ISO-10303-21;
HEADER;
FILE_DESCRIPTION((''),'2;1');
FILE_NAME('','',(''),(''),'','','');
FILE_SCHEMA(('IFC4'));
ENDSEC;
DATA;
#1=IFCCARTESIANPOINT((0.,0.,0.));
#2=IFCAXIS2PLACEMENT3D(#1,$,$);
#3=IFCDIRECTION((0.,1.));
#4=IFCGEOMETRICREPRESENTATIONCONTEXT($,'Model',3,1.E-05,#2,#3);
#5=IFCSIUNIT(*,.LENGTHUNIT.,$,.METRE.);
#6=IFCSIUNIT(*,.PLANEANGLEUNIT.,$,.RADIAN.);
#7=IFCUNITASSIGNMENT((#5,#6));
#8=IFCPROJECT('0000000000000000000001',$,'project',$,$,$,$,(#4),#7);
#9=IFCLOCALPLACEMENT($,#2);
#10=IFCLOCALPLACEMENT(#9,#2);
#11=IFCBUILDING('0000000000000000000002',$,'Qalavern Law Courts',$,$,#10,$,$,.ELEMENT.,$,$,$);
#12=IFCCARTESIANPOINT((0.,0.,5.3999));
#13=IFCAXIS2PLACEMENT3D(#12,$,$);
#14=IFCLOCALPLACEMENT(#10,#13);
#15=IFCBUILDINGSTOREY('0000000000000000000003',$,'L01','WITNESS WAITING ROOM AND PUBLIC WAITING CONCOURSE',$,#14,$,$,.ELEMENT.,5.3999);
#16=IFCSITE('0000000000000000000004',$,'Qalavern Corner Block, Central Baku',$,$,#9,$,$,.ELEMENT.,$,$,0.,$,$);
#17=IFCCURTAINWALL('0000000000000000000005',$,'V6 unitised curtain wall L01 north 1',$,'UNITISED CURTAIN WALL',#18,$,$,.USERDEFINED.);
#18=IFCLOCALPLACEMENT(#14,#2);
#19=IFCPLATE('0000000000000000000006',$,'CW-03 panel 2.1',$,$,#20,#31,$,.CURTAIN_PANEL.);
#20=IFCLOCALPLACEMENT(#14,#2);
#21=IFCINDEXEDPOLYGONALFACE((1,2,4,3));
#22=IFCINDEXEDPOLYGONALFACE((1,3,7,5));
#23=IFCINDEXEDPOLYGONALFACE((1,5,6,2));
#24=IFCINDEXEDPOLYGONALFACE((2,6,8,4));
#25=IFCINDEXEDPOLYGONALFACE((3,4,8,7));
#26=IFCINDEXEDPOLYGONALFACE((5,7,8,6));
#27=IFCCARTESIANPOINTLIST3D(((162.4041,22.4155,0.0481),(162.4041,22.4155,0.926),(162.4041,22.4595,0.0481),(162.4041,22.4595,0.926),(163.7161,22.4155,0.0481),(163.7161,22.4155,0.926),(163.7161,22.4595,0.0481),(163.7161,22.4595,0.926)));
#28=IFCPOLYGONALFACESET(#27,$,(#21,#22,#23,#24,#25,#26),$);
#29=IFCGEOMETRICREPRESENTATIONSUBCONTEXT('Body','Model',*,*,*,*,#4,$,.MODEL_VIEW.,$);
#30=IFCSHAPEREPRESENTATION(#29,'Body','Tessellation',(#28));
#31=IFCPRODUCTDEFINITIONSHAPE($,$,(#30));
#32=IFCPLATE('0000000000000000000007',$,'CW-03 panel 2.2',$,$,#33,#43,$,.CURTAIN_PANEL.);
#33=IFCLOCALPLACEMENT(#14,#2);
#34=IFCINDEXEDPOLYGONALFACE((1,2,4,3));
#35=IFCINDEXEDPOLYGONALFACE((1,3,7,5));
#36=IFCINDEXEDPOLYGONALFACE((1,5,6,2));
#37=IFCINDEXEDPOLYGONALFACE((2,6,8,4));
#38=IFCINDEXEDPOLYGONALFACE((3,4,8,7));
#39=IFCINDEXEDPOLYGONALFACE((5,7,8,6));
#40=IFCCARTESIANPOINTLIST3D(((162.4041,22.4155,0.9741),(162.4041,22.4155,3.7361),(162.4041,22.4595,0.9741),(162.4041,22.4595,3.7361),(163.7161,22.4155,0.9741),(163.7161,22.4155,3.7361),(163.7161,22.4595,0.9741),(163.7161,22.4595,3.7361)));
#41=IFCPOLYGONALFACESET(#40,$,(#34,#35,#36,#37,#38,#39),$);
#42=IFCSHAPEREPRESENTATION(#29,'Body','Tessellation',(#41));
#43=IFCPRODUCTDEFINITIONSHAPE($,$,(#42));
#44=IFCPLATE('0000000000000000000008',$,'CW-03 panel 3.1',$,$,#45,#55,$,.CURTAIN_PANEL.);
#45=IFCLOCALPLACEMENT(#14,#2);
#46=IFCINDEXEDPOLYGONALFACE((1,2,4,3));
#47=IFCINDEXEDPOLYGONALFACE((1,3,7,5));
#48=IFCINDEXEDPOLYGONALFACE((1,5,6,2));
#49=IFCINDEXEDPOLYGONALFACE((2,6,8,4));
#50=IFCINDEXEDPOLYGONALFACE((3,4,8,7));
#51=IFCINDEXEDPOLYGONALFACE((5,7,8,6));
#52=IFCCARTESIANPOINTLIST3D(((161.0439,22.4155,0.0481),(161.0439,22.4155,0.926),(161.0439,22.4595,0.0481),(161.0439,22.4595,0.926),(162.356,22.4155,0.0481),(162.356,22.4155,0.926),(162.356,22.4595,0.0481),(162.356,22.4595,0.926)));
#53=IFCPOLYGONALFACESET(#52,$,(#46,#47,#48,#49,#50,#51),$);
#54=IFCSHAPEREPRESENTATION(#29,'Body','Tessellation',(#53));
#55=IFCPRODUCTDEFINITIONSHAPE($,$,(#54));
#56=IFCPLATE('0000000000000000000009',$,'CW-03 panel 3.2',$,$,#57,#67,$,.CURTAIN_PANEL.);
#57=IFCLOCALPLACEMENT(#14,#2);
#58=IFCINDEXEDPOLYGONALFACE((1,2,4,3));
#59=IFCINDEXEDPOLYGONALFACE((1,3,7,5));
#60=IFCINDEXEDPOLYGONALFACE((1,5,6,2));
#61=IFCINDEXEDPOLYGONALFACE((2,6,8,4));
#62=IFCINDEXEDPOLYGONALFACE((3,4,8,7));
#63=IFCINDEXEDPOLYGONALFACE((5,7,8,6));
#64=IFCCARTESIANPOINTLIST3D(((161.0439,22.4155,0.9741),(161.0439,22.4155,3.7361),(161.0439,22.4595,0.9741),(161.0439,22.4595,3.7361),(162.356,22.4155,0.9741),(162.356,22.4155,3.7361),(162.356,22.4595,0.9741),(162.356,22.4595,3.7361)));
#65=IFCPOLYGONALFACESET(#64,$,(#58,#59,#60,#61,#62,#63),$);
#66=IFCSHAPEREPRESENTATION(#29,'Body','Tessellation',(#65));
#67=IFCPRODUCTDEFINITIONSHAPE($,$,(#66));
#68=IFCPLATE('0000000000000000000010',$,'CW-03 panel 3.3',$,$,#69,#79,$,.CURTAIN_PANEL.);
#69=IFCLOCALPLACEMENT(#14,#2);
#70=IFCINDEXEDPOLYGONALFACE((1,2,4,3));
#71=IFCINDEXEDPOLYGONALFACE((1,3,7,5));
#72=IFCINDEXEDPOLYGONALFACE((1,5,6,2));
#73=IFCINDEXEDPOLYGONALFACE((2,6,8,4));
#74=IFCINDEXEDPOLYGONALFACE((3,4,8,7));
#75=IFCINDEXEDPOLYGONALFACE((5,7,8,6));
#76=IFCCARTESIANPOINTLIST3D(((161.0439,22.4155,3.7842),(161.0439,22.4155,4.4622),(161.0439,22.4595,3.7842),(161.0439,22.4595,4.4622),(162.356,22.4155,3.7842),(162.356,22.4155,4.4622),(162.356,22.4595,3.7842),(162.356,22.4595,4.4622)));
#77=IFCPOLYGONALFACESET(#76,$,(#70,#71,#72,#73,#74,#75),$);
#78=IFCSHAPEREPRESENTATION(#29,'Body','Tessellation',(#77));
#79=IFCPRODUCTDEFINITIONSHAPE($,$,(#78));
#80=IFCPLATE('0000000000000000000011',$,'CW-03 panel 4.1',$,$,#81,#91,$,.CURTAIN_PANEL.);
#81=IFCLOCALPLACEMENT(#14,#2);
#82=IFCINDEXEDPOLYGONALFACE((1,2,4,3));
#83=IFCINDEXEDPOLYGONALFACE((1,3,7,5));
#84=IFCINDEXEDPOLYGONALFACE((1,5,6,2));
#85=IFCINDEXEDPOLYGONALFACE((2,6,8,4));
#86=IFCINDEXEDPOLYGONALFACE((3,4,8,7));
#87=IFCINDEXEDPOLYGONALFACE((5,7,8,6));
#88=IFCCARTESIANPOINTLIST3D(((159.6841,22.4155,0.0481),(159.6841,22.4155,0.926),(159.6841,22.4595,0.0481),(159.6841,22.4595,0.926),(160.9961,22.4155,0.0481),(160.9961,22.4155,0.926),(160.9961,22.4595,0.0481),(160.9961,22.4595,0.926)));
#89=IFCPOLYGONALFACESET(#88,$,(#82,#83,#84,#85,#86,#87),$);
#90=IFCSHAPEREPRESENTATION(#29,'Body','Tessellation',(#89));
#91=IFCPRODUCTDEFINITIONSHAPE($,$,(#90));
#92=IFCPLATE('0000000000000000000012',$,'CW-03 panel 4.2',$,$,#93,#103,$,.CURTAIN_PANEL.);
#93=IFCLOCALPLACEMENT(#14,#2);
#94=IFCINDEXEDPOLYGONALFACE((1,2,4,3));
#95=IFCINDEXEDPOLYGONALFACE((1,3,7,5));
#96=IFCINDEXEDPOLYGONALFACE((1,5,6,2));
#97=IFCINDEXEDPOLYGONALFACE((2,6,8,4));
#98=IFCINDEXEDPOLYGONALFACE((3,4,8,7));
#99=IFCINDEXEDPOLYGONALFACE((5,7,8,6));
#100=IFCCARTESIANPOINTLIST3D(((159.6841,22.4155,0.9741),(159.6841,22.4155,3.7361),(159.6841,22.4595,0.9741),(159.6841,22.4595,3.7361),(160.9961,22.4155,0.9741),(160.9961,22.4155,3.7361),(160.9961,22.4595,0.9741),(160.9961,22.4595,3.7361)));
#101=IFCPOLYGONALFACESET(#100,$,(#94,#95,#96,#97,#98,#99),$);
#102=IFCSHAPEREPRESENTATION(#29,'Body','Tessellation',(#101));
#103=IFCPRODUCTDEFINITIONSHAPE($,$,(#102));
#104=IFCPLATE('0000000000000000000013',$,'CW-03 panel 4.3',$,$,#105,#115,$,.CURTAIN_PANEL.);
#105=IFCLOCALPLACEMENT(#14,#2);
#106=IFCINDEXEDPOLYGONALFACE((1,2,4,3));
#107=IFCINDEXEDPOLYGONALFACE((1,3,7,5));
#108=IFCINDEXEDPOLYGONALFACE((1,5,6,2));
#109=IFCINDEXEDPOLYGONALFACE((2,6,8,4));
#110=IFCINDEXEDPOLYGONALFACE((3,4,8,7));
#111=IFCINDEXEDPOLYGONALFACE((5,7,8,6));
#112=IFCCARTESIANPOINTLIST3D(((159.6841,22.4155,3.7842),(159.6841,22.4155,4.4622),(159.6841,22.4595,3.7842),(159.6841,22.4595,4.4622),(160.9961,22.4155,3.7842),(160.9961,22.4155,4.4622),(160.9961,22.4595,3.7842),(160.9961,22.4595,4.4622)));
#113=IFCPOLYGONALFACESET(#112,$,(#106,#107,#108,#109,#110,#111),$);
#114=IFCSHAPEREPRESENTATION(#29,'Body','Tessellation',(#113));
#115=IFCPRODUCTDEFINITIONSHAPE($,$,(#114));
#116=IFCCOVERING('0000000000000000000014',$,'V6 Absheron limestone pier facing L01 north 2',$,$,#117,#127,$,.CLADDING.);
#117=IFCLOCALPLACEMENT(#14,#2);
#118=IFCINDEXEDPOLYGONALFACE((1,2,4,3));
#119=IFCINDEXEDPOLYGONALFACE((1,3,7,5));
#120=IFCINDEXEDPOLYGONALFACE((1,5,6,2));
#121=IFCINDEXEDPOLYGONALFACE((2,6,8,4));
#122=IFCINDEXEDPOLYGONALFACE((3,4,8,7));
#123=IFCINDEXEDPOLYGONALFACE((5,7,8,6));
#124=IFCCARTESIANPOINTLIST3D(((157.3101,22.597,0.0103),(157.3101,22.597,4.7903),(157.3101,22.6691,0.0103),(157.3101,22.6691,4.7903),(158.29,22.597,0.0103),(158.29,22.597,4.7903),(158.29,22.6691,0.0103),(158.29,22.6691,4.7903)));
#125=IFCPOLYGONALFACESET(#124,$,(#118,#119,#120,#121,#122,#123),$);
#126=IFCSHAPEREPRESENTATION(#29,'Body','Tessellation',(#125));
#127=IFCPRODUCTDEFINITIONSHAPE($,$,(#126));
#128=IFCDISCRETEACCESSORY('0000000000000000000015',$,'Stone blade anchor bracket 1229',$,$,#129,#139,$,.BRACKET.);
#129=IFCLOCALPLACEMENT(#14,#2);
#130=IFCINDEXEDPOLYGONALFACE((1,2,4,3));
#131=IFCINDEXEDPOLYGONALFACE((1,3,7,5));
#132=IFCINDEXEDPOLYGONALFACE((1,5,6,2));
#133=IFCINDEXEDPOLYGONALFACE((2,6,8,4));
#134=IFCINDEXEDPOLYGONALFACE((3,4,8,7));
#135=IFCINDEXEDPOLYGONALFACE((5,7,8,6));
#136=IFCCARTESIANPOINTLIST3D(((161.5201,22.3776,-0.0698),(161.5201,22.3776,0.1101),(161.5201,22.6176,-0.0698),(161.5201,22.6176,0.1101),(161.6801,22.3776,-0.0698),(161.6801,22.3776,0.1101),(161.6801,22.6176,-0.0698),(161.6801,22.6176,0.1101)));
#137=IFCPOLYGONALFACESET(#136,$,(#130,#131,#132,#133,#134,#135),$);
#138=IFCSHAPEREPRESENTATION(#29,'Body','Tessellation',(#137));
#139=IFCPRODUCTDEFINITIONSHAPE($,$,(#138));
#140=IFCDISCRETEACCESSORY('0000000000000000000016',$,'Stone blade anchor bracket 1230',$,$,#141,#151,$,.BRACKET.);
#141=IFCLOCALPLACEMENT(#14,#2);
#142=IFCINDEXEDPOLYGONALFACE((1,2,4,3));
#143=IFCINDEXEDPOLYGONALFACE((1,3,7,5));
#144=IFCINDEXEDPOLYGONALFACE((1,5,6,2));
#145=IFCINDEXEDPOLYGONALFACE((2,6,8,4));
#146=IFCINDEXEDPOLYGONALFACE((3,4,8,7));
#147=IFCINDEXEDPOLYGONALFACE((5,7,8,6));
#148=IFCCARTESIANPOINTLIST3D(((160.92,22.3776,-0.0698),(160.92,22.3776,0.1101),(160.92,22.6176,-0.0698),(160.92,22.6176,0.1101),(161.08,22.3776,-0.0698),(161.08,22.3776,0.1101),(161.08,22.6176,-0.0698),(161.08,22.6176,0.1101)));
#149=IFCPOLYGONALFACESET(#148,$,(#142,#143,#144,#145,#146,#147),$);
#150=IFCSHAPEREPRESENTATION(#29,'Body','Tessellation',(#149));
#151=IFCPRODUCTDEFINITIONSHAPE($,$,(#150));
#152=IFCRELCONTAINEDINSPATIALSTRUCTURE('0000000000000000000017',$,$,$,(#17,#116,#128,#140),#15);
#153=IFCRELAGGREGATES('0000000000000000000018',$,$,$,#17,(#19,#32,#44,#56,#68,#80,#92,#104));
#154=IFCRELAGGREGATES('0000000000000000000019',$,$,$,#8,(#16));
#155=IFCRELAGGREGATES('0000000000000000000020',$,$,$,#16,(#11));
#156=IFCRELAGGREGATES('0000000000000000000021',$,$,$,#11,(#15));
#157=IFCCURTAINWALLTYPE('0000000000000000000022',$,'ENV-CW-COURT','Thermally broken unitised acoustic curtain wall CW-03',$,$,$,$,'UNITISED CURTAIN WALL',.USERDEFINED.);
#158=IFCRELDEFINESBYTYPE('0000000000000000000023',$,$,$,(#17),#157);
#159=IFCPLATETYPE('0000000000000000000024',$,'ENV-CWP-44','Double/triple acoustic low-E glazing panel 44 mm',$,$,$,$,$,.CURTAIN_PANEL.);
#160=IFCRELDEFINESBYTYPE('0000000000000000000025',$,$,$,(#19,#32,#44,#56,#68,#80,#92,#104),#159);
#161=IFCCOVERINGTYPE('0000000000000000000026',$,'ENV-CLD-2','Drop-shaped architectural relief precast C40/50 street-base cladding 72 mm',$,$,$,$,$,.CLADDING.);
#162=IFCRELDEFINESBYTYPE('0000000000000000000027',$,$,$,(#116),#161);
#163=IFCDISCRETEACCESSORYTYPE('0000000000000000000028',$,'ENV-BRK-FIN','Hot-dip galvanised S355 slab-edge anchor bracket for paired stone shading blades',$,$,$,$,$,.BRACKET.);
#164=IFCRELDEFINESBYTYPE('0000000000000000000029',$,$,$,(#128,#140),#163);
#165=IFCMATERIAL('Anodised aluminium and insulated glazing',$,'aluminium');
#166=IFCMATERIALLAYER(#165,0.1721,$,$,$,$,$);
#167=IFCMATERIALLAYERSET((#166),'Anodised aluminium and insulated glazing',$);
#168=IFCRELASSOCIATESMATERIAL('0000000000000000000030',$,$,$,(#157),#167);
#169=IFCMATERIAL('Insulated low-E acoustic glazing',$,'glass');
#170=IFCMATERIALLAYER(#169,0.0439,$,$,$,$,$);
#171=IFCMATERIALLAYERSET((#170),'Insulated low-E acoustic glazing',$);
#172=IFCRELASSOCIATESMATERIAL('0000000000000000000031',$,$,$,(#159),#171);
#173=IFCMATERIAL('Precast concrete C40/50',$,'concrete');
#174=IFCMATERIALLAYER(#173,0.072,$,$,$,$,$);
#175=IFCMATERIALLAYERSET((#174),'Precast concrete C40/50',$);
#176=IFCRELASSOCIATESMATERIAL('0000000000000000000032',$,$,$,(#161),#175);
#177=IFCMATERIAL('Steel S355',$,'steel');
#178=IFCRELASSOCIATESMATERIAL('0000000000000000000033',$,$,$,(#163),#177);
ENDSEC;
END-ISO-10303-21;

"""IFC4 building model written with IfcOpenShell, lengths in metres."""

from ifc_helpers import new_model, si_unit, direction, frame, origin, origin_2d, place, context, subcontext, project, spatial, rectangle, extrude, material, layer, layer_set, type_object, element, aggregate, save


model = new_model("IFC4")

# Units and contexts
model_context = context("Model", 3, precision=1e-05, world=origin(), true_north=direction((0.0, 1.0)))
body_context = subcontext(model_context, "Body", "Model", "MODEL_VIEW")
ifc_project = project(units=[si_unit("LENGTHUNIT", "METRE"), si_unit("PLANEANGLEUNIT", "RADIAN")], contexts=[model_context])

# Site, building, storey
site_placement = place(None, origin())
site = spatial("IfcSite", under=ifc_project, at=site_placement, Name="Qalavern Corner Block, Central Baku", CompositionType="ELEMENT", RefElevation=0.0)
building_placement = place(site_placement, origin())
building = spatial("IfcBuilding", under=site, at=building_placement, Name="Qalavern Law Courts", CompositionType="ELEMENT")
storey_placement = place(building_placement, frame((0.0, 0.0, 5.3999)))
storey = spatial("IfcBuildingStorey", under=building, at=storey_placement, Name="L01", Description="WITNESS WAITING ROOM AND PUBLIC WAITING CONCOURSE", CompositionType="ELEMENT", Elevation=5.3999)

# Curtain wall, plates
ifc_material_1 = material(Name="Anodised aluminium and insulated glazing", Category="aluminium")
ifc_layer_1 = layer(ifc_material_1, 0.1721)
ifc_layer_set_1 = layer_set([ifc_layer_1], Name="Anodised aluminium and insulated glazing")
curtain_wall_type = type_object("IfcCurtainWallType", Name="ENV-CW-COURT", Description="Thermally broken unitised acoustic curtain wall CW-03", ElementType="UNITISED CURTAIN WALL", PredefinedType="USERDEFINED", material=ifc_layer_set_1)
curtain_wall_placement = place(storey_placement, origin())
curtain_wall = element("IfcCurtainWall", 1, at=curtain_wall_placement, inside=storey, type_object=curtain_wall_type, Name="V6 unitised curtain wall L01 north 1", ObjectType="UNITISED CURTAIN WALL", PredefinedType="USERDEFINED")
ifc_material_2 = material(Name="Insulated low-E acoustic glazing", Category="glass")
ifc_layer_2 = layer(ifc_material_2, 0.0439)
ifc_layer_set_2 = layer_set([ifc_layer_2], Name="Insulated low-E acoustic glazing")
plate_type = type_object("IfcPlateType", Name="ENV-CWP-44", Description="Double/triple acoustic low-E glazing panel 44 mm", PredefinedType="CURTAIN_PANEL", material=ifc_layer_set_2)
plate_1_placement = place(storey_placement, frame((163.0601, 22.4375, 0.0481), z_axis=(0.0, 0.0, 1.0), x_axis=(-1.0, 0.0, 0.0)))
plate_1 = element("IfcPlate", 2, at=plate_1_placement, type_object=plate_type, Name="CW-03 panel 2.1", PredefinedType="CURTAIN_PANEL", context=body_context, shape_type="SweptSolid", body=[
    extrude(rectangle(XDim=1.312, YDim=0.0439, at=origin_2d()), origin(), (0.0, 0.0, 1.0), 0.8779),
])
plate_2_placement = place(storey_placement, frame((163.0601, 22.4375, 0.9741), z_axis=(0.0, 0.0, 1.0), x_axis=(-1.0, 0.0, 0.0)))
plate_2 = element("IfcPlate", 3, at=plate_2_placement, type_object=plate_type, Name="CW-03 panel 2.2", PredefinedType="CURTAIN_PANEL", context=body_context, shape_type="SweptSolid", body=[
    extrude(rectangle(XDim=1.312, YDim=0.0439, at=origin_2d()), origin(), (0.0, 0.0, 1.0), 2.762),
])
plate_3_placement = place(storey_placement, frame((161.7, 22.4375, 0.0481), z_axis=(0.0, 0.0, 1.0), x_axis=(-1.0, 0.0, 0.0)))
plate_3 = element("IfcPlate", 4, at=plate_3_placement, type_object=plate_type, Name="CW-03 panel 3.1", PredefinedType="CURTAIN_PANEL", context=body_context, shape_type="SweptSolid", body=[
    extrude(rectangle(XDim=1.312, YDim=0.0439, at=origin_2d()), origin(), (0.0, 0.0, 1.0), 0.8779),
])
plate_4_placement = place(storey_placement, frame((161.7, 22.4375, 0.9741), z_axis=(0.0, 0.0, 1.0), x_axis=(-1.0, 0.0, 0.0)))
plate_4 = element("IfcPlate", 5, at=plate_4_placement, type_object=plate_type, Name="CW-03 panel 3.2", PredefinedType="CURTAIN_PANEL", context=body_context, shape_type="SweptSolid", body=[
    extrude(rectangle(XDim=1.312, YDim=0.0439, at=origin_2d()), origin(), (0.0, 0.0, 1.0), 2.762),
])
plate_5_placement = place(storey_placement, frame((161.7, 22.4375, 3.7842), z_axis=(0.0, 0.0, 1.0), x_axis=(-1.0, 0.0, 0.0)))
plate_5 = element("IfcPlate", 6, at=plate_5_placement, type_object=plate_type, Name="CW-03 panel 3.3", PredefinedType="CURTAIN_PANEL", context=body_context, shape_type="SweptSolid", body=[
    extrude(rectangle(XDim=1.312, YDim=0.0439, at=origin_2d()), origin(), (0.0, 0.0, 1.0), 0.678),
])
plate_6_placement = place(storey_placement, frame((160.3401, 22.4375, 0.0481), z_axis=(0.0, 0.0, 1.0), x_axis=(-1.0, 0.0, 0.0)))
plate_6 = element("IfcPlate", 7, at=plate_6_placement, type_object=plate_type, Name="CW-03 panel 4.1", PredefinedType="CURTAIN_PANEL", context=body_context, shape_type="SweptSolid", body=[
    extrude(rectangle(XDim=1.312, YDim=0.0439, at=origin_2d()), origin(), (0.0, 0.0, 1.0), 0.8779),
])
plate_7_placement = place(storey_placement, frame((160.3401, 22.4375, 0.9741), z_axis=(0.0, 0.0, 1.0), x_axis=(-1.0, 0.0, 0.0)))
plate_7 = element("IfcPlate", 8, at=plate_7_placement, type_object=plate_type, Name="CW-03 panel 4.2", PredefinedType="CURTAIN_PANEL", context=body_context, shape_type="SweptSolid", body=[
    extrude(rectangle(XDim=1.312, YDim=0.0439, at=origin_2d()), origin(), (0.0, 0.0, 1.0), 2.762),
])
plate_8_placement = place(storey_placement, frame((160.3401, 22.4375, 3.7842), z_axis=(0.0, 0.0, 1.0), x_axis=(-1.0, 0.0, 0.0)))
plate_8 = element("IfcPlate", 9, at=plate_8_placement, type_object=plate_type, Name="CW-03 panel 4.3", PredefinedType="CURTAIN_PANEL", context=body_context, shape_type="SweptSolid", body=[
    extrude(rectangle(XDim=1.312, YDim=0.0439, at=origin_2d()), origin(), (0.0, 0.0, 1.0), 0.678),
])
aggregate(curtain_wall, [plate_1, plate_2, plate_3, plate_4, plate_5, plate_6, plate_7, plate_8])

# Covering
ifc_material_3 = material(Name="Precast concrete C40/50", Category="concrete")
ifc_layer_3 = layer(ifc_material_3, 0.072)
ifc_layer_set_3 = layer_set([ifc_layer_3], Name="Precast concrete C40/50")
covering_type = type_object("IfcCoveringType", Name="ENV-CLD-2", Description="Drop-shaped architectural relief precast C40/50 street-base cladding 72 mm", PredefinedType="CLADDING", material=ifc_layer_set_3)
covering_placement = place(storey_placement, frame((157.8, 22.6331, 0.0103), z_axis=(0.0, 0.0, 1.0), x_axis=(-1.0, 0.0, 0.0)))
element("IfcCovering", 10, at=covering_placement, inside=storey, type_object=covering_type, Name="V6 Absheron limestone pier facing L01 north 2", PredefinedType="CLADDING", context=body_context, shape_type="SweptSolid", body=[
    extrude(rectangle(XDim=0.98, YDim=0.072, at=origin_2d()), origin(), (0.0, 0.0, 1.0), 4.78),
])

# Discrete accessories
ifc_material_4 = material(Name="Steel S355", Category="steel")
discrete_accessory_type = type_object("IfcDiscreteAccessoryType", Name="ENV-BRK-FIN", Description="Hot-dip galvanised S355 slab-edge anchor bracket for paired stone shading blades", PredefinedType="BRACKET", material=ifc_material_4)
for number, where, z_axis, x_axis, name in (
    (11, (161.6001, 22.4976, -0.0698), (0.0, 0.0, 1.0), (0.0, 1.0, 0.0), "Stone blade anchor bracket 1229"),
    (12, (161.0, 22.4976, -0.0698), (0.0, 0.0, 1.0), (0.0, 1.0, 0.0), "Stone blade anchor bracket 1230"),
):
    element("IfcDiscreteAccessory", number, at=place(storey_placement, frame(where, z_axis=z_axis, x_axis=x_axis)), inside=storey, type_object=discrete_accessory_type, Name=name, PredefinedType="BRACKET", context=body_context, shape_type="SweptSolid", body=[
        extrude(rectangle(XDim=0.24, YDim=0.1599, at=origin_2d()), origin(), (0.0, 0.0, 1.0), 0.1799),
    ])

save(model, "model.ifc")
